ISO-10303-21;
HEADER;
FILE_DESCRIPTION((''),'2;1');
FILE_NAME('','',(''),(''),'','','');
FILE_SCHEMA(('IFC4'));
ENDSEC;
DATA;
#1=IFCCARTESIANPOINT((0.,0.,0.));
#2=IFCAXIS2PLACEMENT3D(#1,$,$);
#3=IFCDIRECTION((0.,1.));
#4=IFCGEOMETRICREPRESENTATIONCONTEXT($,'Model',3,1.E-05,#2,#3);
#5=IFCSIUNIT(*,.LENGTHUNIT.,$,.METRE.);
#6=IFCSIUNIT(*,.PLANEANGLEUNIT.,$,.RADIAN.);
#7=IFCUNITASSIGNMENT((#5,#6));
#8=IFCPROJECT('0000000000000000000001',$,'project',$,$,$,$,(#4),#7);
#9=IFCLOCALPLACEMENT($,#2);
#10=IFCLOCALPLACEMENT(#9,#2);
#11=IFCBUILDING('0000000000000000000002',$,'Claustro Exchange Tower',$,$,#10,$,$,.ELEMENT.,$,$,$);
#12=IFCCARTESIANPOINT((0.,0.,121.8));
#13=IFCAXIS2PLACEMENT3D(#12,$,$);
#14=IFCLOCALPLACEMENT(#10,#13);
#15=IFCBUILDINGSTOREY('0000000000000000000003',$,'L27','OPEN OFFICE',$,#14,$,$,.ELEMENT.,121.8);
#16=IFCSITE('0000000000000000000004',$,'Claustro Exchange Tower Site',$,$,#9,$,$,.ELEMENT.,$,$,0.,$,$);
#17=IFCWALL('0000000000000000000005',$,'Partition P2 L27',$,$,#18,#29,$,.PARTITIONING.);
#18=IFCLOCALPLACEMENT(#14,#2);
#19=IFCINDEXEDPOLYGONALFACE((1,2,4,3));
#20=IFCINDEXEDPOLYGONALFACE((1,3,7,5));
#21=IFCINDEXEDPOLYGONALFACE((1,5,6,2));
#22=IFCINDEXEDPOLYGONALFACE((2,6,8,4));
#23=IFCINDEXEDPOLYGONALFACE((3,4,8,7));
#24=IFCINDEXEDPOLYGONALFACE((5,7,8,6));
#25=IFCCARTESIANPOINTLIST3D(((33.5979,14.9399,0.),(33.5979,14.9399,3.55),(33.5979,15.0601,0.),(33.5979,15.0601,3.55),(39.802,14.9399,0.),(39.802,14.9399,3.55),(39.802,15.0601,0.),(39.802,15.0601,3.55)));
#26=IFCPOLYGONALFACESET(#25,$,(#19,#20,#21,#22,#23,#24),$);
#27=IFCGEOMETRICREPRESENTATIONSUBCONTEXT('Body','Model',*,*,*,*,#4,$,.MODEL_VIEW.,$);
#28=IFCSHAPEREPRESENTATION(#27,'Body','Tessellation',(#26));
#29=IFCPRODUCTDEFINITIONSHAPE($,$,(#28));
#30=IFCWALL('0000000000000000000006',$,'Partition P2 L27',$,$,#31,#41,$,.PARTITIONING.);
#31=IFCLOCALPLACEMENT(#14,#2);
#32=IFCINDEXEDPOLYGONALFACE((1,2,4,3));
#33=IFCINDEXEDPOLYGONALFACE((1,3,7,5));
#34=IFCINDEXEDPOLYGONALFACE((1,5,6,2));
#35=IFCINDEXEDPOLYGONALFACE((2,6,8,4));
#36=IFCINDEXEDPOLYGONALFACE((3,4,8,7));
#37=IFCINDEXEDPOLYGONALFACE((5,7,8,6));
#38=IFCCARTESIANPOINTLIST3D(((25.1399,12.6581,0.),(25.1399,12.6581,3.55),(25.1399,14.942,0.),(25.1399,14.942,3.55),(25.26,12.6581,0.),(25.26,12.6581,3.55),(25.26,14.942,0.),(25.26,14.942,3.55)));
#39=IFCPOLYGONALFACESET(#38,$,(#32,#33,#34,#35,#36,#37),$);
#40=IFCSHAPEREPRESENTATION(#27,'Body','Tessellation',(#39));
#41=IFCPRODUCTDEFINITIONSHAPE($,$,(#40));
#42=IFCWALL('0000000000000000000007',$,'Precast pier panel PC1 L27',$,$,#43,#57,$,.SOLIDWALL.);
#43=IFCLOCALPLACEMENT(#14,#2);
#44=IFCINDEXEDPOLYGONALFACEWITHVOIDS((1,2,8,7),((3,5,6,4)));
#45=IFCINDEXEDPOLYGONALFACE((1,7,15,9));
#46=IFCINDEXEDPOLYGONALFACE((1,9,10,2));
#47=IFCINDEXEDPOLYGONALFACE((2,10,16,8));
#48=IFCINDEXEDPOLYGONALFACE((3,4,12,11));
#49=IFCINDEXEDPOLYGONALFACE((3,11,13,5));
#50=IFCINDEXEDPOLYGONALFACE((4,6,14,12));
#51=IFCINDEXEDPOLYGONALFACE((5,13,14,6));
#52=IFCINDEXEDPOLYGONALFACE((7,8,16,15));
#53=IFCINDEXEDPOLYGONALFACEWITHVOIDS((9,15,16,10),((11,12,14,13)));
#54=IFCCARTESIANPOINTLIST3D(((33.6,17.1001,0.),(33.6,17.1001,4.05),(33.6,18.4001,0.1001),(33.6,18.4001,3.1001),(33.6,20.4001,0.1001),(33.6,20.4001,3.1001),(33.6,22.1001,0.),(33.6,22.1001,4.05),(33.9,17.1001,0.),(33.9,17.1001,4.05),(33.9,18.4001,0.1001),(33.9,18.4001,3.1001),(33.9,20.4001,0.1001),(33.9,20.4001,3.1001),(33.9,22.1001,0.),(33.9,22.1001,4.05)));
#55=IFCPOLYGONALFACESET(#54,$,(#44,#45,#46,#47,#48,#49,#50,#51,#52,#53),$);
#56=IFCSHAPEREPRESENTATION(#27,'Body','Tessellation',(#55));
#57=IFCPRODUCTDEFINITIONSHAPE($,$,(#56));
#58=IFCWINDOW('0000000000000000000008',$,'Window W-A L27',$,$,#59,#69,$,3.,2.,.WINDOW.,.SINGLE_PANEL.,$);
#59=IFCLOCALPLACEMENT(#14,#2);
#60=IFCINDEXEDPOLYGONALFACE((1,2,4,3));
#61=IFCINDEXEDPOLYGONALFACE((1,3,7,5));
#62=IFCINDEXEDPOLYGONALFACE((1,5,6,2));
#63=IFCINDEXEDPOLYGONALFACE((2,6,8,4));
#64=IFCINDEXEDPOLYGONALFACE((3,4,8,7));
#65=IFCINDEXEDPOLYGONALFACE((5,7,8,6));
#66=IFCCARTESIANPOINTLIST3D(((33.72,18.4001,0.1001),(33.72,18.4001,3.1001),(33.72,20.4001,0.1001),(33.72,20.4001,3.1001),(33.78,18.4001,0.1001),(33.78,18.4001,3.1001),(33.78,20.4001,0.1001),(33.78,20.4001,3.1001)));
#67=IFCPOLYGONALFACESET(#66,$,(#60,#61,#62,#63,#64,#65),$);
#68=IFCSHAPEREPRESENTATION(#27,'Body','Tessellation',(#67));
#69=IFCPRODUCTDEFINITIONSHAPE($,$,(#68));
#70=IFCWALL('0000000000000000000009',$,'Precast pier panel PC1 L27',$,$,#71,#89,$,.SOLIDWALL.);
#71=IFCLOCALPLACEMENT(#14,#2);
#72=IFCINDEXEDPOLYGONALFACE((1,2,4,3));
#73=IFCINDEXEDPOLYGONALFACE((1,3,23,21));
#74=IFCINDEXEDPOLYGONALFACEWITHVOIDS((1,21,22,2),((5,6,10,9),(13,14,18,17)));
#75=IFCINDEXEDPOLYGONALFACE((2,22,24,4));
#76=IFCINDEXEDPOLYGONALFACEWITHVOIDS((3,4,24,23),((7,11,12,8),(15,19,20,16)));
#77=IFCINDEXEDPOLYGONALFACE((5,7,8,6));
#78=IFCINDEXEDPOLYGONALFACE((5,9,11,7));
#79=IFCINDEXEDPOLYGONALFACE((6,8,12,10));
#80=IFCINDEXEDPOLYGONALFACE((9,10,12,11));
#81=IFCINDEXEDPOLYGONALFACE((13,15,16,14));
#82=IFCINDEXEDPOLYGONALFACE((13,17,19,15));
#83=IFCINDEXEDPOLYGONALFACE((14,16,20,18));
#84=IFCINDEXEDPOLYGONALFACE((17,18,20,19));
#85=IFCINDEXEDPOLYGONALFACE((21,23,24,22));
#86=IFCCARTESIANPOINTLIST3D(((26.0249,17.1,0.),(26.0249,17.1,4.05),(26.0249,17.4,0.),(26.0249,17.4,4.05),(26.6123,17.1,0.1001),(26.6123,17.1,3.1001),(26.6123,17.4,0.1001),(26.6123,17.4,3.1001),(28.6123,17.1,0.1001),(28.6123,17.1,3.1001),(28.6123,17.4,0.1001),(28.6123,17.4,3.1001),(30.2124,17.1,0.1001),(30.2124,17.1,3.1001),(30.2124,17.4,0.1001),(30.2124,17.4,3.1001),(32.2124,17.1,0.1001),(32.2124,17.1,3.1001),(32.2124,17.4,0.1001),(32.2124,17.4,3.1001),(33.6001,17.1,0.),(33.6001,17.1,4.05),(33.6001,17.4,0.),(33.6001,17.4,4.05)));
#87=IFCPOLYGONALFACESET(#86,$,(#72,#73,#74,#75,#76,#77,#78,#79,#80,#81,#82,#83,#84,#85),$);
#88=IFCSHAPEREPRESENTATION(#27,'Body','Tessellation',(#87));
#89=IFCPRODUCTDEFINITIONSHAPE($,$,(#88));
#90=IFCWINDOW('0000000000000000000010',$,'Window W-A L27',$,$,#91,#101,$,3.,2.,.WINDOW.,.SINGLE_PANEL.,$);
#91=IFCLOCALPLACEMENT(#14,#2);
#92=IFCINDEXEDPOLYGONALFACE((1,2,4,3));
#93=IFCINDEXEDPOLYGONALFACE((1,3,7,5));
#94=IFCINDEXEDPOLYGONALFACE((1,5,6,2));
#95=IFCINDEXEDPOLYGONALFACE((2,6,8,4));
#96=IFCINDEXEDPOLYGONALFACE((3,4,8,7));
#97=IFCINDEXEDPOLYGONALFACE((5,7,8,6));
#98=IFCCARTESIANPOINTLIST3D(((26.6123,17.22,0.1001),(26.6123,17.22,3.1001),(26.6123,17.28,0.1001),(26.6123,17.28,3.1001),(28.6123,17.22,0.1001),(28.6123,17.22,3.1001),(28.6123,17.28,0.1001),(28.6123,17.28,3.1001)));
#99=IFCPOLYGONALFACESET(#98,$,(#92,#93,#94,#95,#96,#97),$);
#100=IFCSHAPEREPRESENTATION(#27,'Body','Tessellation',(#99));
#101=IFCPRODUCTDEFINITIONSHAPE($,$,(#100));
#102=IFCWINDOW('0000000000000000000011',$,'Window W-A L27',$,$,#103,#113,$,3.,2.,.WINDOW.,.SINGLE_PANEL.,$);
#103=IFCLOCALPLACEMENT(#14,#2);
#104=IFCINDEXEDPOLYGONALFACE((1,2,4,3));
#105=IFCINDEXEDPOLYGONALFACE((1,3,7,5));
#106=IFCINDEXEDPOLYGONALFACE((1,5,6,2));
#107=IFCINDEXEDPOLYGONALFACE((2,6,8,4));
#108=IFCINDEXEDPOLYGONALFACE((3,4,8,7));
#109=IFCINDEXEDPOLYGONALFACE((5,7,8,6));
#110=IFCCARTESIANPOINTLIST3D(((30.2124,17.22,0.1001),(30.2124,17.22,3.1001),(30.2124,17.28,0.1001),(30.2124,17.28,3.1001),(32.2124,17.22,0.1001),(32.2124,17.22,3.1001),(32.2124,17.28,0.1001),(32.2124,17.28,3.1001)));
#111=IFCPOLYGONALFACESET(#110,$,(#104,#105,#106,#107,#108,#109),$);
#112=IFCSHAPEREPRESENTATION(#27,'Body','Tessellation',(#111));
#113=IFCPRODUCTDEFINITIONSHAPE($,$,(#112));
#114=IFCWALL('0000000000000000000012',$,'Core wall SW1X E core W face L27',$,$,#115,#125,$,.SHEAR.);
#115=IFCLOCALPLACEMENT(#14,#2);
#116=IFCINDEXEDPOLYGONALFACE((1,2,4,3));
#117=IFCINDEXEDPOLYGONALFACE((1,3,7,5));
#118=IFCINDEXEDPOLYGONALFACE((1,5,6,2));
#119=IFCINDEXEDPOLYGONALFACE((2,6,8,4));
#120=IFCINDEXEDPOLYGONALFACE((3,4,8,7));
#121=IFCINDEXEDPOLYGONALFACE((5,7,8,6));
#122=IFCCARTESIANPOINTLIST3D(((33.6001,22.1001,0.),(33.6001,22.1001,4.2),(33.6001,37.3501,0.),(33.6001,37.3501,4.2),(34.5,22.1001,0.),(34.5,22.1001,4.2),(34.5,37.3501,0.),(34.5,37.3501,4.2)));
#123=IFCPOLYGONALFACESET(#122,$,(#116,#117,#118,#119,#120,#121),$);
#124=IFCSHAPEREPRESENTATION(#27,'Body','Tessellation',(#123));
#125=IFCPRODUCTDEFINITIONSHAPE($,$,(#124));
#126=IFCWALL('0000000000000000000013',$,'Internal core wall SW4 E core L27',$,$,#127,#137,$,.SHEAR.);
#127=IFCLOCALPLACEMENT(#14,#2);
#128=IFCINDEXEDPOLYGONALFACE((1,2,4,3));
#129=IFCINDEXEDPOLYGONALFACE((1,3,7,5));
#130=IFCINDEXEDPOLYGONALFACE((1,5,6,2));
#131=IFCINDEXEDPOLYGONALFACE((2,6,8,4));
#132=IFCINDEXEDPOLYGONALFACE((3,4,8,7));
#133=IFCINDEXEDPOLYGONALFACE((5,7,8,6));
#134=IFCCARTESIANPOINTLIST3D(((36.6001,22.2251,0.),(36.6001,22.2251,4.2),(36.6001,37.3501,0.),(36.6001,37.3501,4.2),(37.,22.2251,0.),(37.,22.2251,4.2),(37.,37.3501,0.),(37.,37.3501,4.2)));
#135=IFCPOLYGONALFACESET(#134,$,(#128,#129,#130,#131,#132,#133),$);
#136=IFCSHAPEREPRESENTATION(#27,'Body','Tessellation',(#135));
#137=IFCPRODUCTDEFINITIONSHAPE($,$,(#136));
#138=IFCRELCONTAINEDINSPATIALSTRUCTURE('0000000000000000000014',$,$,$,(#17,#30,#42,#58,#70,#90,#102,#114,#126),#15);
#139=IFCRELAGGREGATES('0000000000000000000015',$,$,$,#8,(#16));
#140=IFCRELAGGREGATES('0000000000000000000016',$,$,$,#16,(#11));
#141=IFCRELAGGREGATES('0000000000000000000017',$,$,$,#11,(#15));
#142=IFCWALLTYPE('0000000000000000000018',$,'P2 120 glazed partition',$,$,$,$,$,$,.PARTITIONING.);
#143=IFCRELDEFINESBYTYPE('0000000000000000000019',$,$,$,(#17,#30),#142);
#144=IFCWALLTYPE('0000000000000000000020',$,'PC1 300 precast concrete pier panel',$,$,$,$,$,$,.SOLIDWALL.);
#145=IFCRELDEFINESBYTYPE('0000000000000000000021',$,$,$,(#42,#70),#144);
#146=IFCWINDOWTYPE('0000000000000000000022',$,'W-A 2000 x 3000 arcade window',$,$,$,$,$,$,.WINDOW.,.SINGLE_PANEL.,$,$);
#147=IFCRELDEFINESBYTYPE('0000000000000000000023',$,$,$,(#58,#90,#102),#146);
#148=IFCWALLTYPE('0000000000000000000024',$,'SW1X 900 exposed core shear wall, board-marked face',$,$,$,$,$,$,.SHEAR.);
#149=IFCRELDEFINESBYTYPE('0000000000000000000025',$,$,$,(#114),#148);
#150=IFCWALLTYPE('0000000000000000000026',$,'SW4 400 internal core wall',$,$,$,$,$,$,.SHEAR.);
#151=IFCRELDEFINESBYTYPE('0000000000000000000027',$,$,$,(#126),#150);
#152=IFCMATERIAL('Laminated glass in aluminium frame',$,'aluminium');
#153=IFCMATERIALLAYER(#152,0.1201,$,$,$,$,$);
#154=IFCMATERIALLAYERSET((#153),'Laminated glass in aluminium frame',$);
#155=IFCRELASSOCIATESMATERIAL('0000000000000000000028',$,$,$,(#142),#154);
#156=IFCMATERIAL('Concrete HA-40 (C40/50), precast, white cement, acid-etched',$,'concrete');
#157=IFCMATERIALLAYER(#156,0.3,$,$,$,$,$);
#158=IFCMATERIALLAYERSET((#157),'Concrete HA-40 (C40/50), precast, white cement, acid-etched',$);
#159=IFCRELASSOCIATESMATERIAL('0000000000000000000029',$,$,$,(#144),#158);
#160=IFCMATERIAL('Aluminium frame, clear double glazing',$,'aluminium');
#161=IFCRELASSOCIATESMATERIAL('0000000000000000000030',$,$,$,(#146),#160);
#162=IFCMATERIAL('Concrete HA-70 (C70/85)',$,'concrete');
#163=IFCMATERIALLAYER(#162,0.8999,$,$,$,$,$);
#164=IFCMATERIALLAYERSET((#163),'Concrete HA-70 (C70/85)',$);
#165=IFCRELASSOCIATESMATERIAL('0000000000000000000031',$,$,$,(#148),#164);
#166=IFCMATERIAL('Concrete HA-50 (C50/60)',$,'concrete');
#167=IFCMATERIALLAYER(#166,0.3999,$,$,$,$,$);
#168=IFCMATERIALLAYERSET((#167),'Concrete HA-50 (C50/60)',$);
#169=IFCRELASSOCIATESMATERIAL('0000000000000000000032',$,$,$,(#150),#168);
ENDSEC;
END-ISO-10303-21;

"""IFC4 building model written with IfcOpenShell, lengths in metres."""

from ifc_helpers import new_model, si_unit, direction, frame, frame_2d, origin, place, context, subcontext, project, spatial, rectangle, extrude, material, layer, layer_set, type_object, element, fill, save


model = new_model("IFC4")

# Units and contexts
model_context = context("Model", 3, precision=1e-05, world=origin(), true_north=direction((0.0, 1.0)))
body_context = subcontext(model_context, "Body", "Model", "MODEL_VIEW")
ifc_project = project(units=[si_unit("LENGTHUNIT", "METRE"), si_unit("PLANEANGLEUNIT", "RADIAN")], contexts=[model_context])

# Site, building, storey
site_placement = place(None, origin())
site = spatial("IfcSite", under=ifc_project, at=site_placement, Name="Claustro Exchange Tower Site", CompositionType="ELEMENT", RefElevation=0.0)
building_placement = place(site_placement, origin())
building = spatial("IfcBuilding", under=site, at=building_placement, Name="Claustro Exchange Tower", CompositionType="ELEMENT")
storey_placement = place(building_placement, frame((0.0, 0.0, 121.8)))
storey = spatial("IfcBuildingStorey", under=building, at=storey_placement, Name="L27", Description="OPEN OFFICE", CompositionType="ELEMENT", Elevation=121.8)

# Walls
ifc_material_1 = material(Name="Laminated glass in aluminium frame", Category="aluminium")
ifc_layer_1 = layer(ifc_material_1, 0.1201)
ifc_layer_set_1 = layer_set([ifc_layer_1], Name="Laminated glass in aluminium frame")
wall_type_1 = type_object("IfcWallType", Name="P2 120 glazed partition", PredefinedType="PARTITIONING", material=ifc_layer_set_1)
wall_1_placement = place(storey_placement, frame((33.5979, 15.0, 0.0), z_axis=(0.0, 0.0, 1.0), x_axis=(1.0, 0.0, 0.0)))
element("IfcWall", 1, at=wall_1_placement, inside=storey, type_object=wall_type_1, Name="Partition P2 L27", PredefinedType="PARTITIONING", context=body_context, shape_type="SweptSolid", body=[
    extrude(rectangle(XDim=6.2041, YDim=0.1201, at=frame_2d((3.1021, 0.0))), origin(), (0.0, 0.0, 1.0), 3.55),
])
wall_2_placement = place(storey_placement, frame((25.2, 12.658, 0.0), z_axis=(0.0, 0.0, 1.0), x_axis=(0.0, 1.0, 0.0)))
element("IfcWall", 2, at=wall_2_placement, inside=storey, type_object=wall_type_1, Name="Partition P2 L27", PredefinedType="PARTITIONING", context=body_context, shape_type="SweptSolid", body=[
    extrude(rectangle(XDim=2.2839, YDim=0.1201, at=frame_2d((1.1421, 0.0))), origin(), (0.0, 0.0, 1.0), 3.55),
])

# Wall, opening, window
ifc_material_2 = material(Name="Concrete HA-40 (C40/50), precast, white cement, acid-etched", Category="concrete")
ifc_layer_2 = layer(ifc_material_2, 0.3)
ifc_layer_set_2 = layer_set([ifc_layer_2], Name="Concrete HA-40 (C40/50), precast, white cement, acid-etched")
wall_type_2 = type_object("IfcWallType", Name="PC1 300 precast concrete pier panel", PredefinedType="SOLIDWALL", material=ifc_layer_set_2)
wall_3_placement = place(storey_placement, frame((33.75, 17.1001, 0.0), z_axis=(0.0, 0.0, 1.0), x_axis=(0.0, 1.0, 0.0)))
wall_3 = element("IfcWall", 3, at=wall_3_placement, inside=storey, type_object=wall_type_2, Name="Precast pier panel PC1 L27", PredefinedType="SOLIDWALL", context=body_context, shape_type="SweptSolid", body=[
    extrude(rectangle(XDim=5.0, YDim=0.3, at=frame_2d((2.5, 0.0))), origin(), (0.0, 0.0, 1.0), 4.05),
])
opening_1_placement = place(wall_3_placement, frame((1.3, 0.0, 0.1001)))
opening_1 = element("IfcOpeningElement", 4, at=opening_1_placement, cuts=wall_3, PredefinedType="OPENING", context=body_context, shape_type="SweptSolid", body=[
    extrude(rectangle(XDim=2.0, YDim=3.0, at=frame_2d((1.0, 1.5))), frame((0.0, 0.1599, 0.0), z_axis=(0.0, -1.0, 0.0), x_axis=(1.0, 0.0, 0.0)), (0.0, 0.0, 1.0), 0.3201),
])
ifc_material_3 = material(Name="Aluminium frame, clear double glazing", Category="aluminium")
window_type = type_object("IfcWindowType", Name="W-A 2000 x 3000 arcade window", PartitioningType="SINGLE_PANEL", PredefinedType="WINDOW", material=ifc_material_3)
window_1_placement = place(opening_1_placement, origin())
window_1 = element("IfcWindow", 5, at=window_1_placement, inside=storey, type_object=window_type, Name="Window W-A L27", OverallHeight=3.0, OverallWidth=2.0, PartitioningType="SINGLE_PANEL", PredefinedType="WINDOW", context=body_context, shape_type="SweptSolid", body=[
    extrude(rectangle(XDim=2.0, YDim=3.0, at=frame_2d((1.0, 1.5))), frame((0.0, 0.03, 0.0), z_axis=(0.0, -1.0, 0.0), x_axis=(1.0, 0.0, 0.0)), (0.0, 0.0, 1.0), 0.0601),
])
fill(opening_1, window_1)

# Wall, openings, windows
wall_4_placement = place(storey_placement, frame((26.0249, 17.25, 0.0), z_axis=(0.0, 0.0, 1.0), x_axis=(1.0, 0.0, 0.0)))
wall_4 = element("IfcWall", 6, at=wall_4_placement, inside=storey, type_object=wall_type_2, Name="Precast pier panel PC1 L27", PredefinedType="SOLIDWALL", context=body_context, shape_type="SweptSolid", body=[
    extrude(rectangle(XDim=7.5752, YDim=0.3, at=frame_2d((3.7876, 0.0))), origin(), (0.0, 0.0, 1.0), 4.05),
])
opening_2_placement = place(wall_4_placement, frame((0.5874, 0.0, 0.1001)))
opening_2 = element("IfcOpeningElement", 7, at=opening_2_placement, cuts=wall_4, PredefinedType="OPENING", context=body_context, shape_type="SweptSolid", body=[
    extrude(rectangle(XDim=2.0, YDim=3.0, at=frame_2d((1.0, 1.5))), frame((0.0, 0.1599, 0.0), z_axis=(0.0, -1.0, 0.0), x_axis=(1.0, 0.0, 0.0)), (0.0, 0.0, 1.0), 0.3201),
])
opening_3_placement = place(wall_4_placement, frame((4.1875, 0.0, 0.1001)))
opening_3 = element("IfcOpeningElement", 8, at=opening_3_placement, cuts=wall_4, PredefinedType="OPENING", context=body_context, shape_type="SweptSolid", body=[
    extrude(rectangle(XDim=2.0, YDim=3.0, at=frame_2d((1.0, 1.5))), frame((0.0, 0.1599, 0.0), z_axis=(0.0, -1.0, 0.0), x_axis=(1.0, 0.0, 0.0)), (0.0, 0.0, 1.0), 0.3201),
])
window_2_placement = place(opening_2_placement, origin())
window_2 = element("IfcWindow", 9, at=window_2_placement, inside=storey, type_object=window_type, Name="Window W-A L27", OverallHeight=3.0, OverallWidth=2.0, PartitioningType="SINGLE_PANEL", PredefinedType="WINDOW", context=body_context, shape_type="SweptSolid", body=[
    extrude(rectangle(XDim=2.0, YDim=3.0, at=frame_2d((1.0, 1.5))), frame((0.0, 0.03, 0.0), z_axis=(0.0, -1.0, 0.0), x_axis=(1.0, 0.0, 0.0)), (0.0, 0.0, 1.0), 0.0601),
])
fill(opening_2, window_2)
window_3_placement = place(opening_3_placement, origin())
window_3 = element("IfcWindow", 10, at=window_3_placement, inside=storey, type_object=window_type, Name="Window W-A L27", OverallHeight=3.0, OverallWidth=2.0, PartitioningType="SINGLE_PANEL", PredefinedType="WINDOW", context=body_context, shape_type="SweptSolid", body=[
    extrude(rectangle(XDim=2.0, YDim=3.0, at=frame_2d((1.0, 1.5))), frame((0.0, 0.03, 0.0), z_axis=(0.0, -1.0, 0.0), x_axis=(1.0, 0.0, 0.0)), (0.0, 0.0, 1.0), 0.0601),
])
fill(opening_3, window_3)

# Walls
ifc_material_4 = material(Name="Concrete HA-70 (C70/85)", Category="concrete")
ifc_layer_3 = layer(ifc_material_4, 0.8999)
ifc_layer_set_3 = layer_set([ifc_layer_3], Name="Concrete HA-70 (C70/85)")
wall_type_3 = type_object("IfcWallType", Name="SW1X 900 exposed core shear wall, board-marked face", PredefinedType="SHEAR", material=ifc_layer_set_3)
wall_5_placement = place(storey_placement, frame((34.05, 22.1001, 0.0), z_axis=(0.0, 0.0, 1.0), x_axis=(0.0, 1.0, 0.0)))
element("IfcWall", 11, at=wall_5_placement, inside=storey, type_object=wall_type_3, Name="Core wall SW1X E core W face L27", PredefinedType="SHEAR", context=body_context, shape_type="SweptSolid", body=[
    extrude(rectangle(XDim=15.25, YDim=0.8999, at=frame_2d((7.625, 0.0))), origin(), (0.0, 0.0, 1.0), 4.2),
])
ifc_material_5 = material(Name="Concrete HA-50 (C50/60)", Category="concrete")
ifc_layer_4 = layer(ifc_material_5, 0.3999)
ifc_layer_set_4 = layer_set([ifc_layer_4], Name="Concrete HA-50 (C50/60)")
wall_type_4 = type_object("IfcWallType", Name="SW4 400 internal core wall", PredefinedType="SHEAR", material=ifc_layer_set_4)
wall_6_placement = place(storey_placement, frame((36.8, 22.2251, 0.0), z_axis=(0.0, 0.0, 1.0), x_axis=(0.0, 1.0, 0.0)))
element("IfcWall", 12, at=wall_6_placement, inside=storey, type_object=wall_type_4, Name="Internal core wall SW4 E core L27", PredefinedType="SHEAR", context=body_context, shape_type="SweptSolid", body=[
    extrude(rectangle(XDim=15.125, YDim=0.3999, at=frame_2d((7.5625, 0.0))), origin(), (0.0, 0.0, 1.0), 4.2),
])

save(model, "model.ifc")
